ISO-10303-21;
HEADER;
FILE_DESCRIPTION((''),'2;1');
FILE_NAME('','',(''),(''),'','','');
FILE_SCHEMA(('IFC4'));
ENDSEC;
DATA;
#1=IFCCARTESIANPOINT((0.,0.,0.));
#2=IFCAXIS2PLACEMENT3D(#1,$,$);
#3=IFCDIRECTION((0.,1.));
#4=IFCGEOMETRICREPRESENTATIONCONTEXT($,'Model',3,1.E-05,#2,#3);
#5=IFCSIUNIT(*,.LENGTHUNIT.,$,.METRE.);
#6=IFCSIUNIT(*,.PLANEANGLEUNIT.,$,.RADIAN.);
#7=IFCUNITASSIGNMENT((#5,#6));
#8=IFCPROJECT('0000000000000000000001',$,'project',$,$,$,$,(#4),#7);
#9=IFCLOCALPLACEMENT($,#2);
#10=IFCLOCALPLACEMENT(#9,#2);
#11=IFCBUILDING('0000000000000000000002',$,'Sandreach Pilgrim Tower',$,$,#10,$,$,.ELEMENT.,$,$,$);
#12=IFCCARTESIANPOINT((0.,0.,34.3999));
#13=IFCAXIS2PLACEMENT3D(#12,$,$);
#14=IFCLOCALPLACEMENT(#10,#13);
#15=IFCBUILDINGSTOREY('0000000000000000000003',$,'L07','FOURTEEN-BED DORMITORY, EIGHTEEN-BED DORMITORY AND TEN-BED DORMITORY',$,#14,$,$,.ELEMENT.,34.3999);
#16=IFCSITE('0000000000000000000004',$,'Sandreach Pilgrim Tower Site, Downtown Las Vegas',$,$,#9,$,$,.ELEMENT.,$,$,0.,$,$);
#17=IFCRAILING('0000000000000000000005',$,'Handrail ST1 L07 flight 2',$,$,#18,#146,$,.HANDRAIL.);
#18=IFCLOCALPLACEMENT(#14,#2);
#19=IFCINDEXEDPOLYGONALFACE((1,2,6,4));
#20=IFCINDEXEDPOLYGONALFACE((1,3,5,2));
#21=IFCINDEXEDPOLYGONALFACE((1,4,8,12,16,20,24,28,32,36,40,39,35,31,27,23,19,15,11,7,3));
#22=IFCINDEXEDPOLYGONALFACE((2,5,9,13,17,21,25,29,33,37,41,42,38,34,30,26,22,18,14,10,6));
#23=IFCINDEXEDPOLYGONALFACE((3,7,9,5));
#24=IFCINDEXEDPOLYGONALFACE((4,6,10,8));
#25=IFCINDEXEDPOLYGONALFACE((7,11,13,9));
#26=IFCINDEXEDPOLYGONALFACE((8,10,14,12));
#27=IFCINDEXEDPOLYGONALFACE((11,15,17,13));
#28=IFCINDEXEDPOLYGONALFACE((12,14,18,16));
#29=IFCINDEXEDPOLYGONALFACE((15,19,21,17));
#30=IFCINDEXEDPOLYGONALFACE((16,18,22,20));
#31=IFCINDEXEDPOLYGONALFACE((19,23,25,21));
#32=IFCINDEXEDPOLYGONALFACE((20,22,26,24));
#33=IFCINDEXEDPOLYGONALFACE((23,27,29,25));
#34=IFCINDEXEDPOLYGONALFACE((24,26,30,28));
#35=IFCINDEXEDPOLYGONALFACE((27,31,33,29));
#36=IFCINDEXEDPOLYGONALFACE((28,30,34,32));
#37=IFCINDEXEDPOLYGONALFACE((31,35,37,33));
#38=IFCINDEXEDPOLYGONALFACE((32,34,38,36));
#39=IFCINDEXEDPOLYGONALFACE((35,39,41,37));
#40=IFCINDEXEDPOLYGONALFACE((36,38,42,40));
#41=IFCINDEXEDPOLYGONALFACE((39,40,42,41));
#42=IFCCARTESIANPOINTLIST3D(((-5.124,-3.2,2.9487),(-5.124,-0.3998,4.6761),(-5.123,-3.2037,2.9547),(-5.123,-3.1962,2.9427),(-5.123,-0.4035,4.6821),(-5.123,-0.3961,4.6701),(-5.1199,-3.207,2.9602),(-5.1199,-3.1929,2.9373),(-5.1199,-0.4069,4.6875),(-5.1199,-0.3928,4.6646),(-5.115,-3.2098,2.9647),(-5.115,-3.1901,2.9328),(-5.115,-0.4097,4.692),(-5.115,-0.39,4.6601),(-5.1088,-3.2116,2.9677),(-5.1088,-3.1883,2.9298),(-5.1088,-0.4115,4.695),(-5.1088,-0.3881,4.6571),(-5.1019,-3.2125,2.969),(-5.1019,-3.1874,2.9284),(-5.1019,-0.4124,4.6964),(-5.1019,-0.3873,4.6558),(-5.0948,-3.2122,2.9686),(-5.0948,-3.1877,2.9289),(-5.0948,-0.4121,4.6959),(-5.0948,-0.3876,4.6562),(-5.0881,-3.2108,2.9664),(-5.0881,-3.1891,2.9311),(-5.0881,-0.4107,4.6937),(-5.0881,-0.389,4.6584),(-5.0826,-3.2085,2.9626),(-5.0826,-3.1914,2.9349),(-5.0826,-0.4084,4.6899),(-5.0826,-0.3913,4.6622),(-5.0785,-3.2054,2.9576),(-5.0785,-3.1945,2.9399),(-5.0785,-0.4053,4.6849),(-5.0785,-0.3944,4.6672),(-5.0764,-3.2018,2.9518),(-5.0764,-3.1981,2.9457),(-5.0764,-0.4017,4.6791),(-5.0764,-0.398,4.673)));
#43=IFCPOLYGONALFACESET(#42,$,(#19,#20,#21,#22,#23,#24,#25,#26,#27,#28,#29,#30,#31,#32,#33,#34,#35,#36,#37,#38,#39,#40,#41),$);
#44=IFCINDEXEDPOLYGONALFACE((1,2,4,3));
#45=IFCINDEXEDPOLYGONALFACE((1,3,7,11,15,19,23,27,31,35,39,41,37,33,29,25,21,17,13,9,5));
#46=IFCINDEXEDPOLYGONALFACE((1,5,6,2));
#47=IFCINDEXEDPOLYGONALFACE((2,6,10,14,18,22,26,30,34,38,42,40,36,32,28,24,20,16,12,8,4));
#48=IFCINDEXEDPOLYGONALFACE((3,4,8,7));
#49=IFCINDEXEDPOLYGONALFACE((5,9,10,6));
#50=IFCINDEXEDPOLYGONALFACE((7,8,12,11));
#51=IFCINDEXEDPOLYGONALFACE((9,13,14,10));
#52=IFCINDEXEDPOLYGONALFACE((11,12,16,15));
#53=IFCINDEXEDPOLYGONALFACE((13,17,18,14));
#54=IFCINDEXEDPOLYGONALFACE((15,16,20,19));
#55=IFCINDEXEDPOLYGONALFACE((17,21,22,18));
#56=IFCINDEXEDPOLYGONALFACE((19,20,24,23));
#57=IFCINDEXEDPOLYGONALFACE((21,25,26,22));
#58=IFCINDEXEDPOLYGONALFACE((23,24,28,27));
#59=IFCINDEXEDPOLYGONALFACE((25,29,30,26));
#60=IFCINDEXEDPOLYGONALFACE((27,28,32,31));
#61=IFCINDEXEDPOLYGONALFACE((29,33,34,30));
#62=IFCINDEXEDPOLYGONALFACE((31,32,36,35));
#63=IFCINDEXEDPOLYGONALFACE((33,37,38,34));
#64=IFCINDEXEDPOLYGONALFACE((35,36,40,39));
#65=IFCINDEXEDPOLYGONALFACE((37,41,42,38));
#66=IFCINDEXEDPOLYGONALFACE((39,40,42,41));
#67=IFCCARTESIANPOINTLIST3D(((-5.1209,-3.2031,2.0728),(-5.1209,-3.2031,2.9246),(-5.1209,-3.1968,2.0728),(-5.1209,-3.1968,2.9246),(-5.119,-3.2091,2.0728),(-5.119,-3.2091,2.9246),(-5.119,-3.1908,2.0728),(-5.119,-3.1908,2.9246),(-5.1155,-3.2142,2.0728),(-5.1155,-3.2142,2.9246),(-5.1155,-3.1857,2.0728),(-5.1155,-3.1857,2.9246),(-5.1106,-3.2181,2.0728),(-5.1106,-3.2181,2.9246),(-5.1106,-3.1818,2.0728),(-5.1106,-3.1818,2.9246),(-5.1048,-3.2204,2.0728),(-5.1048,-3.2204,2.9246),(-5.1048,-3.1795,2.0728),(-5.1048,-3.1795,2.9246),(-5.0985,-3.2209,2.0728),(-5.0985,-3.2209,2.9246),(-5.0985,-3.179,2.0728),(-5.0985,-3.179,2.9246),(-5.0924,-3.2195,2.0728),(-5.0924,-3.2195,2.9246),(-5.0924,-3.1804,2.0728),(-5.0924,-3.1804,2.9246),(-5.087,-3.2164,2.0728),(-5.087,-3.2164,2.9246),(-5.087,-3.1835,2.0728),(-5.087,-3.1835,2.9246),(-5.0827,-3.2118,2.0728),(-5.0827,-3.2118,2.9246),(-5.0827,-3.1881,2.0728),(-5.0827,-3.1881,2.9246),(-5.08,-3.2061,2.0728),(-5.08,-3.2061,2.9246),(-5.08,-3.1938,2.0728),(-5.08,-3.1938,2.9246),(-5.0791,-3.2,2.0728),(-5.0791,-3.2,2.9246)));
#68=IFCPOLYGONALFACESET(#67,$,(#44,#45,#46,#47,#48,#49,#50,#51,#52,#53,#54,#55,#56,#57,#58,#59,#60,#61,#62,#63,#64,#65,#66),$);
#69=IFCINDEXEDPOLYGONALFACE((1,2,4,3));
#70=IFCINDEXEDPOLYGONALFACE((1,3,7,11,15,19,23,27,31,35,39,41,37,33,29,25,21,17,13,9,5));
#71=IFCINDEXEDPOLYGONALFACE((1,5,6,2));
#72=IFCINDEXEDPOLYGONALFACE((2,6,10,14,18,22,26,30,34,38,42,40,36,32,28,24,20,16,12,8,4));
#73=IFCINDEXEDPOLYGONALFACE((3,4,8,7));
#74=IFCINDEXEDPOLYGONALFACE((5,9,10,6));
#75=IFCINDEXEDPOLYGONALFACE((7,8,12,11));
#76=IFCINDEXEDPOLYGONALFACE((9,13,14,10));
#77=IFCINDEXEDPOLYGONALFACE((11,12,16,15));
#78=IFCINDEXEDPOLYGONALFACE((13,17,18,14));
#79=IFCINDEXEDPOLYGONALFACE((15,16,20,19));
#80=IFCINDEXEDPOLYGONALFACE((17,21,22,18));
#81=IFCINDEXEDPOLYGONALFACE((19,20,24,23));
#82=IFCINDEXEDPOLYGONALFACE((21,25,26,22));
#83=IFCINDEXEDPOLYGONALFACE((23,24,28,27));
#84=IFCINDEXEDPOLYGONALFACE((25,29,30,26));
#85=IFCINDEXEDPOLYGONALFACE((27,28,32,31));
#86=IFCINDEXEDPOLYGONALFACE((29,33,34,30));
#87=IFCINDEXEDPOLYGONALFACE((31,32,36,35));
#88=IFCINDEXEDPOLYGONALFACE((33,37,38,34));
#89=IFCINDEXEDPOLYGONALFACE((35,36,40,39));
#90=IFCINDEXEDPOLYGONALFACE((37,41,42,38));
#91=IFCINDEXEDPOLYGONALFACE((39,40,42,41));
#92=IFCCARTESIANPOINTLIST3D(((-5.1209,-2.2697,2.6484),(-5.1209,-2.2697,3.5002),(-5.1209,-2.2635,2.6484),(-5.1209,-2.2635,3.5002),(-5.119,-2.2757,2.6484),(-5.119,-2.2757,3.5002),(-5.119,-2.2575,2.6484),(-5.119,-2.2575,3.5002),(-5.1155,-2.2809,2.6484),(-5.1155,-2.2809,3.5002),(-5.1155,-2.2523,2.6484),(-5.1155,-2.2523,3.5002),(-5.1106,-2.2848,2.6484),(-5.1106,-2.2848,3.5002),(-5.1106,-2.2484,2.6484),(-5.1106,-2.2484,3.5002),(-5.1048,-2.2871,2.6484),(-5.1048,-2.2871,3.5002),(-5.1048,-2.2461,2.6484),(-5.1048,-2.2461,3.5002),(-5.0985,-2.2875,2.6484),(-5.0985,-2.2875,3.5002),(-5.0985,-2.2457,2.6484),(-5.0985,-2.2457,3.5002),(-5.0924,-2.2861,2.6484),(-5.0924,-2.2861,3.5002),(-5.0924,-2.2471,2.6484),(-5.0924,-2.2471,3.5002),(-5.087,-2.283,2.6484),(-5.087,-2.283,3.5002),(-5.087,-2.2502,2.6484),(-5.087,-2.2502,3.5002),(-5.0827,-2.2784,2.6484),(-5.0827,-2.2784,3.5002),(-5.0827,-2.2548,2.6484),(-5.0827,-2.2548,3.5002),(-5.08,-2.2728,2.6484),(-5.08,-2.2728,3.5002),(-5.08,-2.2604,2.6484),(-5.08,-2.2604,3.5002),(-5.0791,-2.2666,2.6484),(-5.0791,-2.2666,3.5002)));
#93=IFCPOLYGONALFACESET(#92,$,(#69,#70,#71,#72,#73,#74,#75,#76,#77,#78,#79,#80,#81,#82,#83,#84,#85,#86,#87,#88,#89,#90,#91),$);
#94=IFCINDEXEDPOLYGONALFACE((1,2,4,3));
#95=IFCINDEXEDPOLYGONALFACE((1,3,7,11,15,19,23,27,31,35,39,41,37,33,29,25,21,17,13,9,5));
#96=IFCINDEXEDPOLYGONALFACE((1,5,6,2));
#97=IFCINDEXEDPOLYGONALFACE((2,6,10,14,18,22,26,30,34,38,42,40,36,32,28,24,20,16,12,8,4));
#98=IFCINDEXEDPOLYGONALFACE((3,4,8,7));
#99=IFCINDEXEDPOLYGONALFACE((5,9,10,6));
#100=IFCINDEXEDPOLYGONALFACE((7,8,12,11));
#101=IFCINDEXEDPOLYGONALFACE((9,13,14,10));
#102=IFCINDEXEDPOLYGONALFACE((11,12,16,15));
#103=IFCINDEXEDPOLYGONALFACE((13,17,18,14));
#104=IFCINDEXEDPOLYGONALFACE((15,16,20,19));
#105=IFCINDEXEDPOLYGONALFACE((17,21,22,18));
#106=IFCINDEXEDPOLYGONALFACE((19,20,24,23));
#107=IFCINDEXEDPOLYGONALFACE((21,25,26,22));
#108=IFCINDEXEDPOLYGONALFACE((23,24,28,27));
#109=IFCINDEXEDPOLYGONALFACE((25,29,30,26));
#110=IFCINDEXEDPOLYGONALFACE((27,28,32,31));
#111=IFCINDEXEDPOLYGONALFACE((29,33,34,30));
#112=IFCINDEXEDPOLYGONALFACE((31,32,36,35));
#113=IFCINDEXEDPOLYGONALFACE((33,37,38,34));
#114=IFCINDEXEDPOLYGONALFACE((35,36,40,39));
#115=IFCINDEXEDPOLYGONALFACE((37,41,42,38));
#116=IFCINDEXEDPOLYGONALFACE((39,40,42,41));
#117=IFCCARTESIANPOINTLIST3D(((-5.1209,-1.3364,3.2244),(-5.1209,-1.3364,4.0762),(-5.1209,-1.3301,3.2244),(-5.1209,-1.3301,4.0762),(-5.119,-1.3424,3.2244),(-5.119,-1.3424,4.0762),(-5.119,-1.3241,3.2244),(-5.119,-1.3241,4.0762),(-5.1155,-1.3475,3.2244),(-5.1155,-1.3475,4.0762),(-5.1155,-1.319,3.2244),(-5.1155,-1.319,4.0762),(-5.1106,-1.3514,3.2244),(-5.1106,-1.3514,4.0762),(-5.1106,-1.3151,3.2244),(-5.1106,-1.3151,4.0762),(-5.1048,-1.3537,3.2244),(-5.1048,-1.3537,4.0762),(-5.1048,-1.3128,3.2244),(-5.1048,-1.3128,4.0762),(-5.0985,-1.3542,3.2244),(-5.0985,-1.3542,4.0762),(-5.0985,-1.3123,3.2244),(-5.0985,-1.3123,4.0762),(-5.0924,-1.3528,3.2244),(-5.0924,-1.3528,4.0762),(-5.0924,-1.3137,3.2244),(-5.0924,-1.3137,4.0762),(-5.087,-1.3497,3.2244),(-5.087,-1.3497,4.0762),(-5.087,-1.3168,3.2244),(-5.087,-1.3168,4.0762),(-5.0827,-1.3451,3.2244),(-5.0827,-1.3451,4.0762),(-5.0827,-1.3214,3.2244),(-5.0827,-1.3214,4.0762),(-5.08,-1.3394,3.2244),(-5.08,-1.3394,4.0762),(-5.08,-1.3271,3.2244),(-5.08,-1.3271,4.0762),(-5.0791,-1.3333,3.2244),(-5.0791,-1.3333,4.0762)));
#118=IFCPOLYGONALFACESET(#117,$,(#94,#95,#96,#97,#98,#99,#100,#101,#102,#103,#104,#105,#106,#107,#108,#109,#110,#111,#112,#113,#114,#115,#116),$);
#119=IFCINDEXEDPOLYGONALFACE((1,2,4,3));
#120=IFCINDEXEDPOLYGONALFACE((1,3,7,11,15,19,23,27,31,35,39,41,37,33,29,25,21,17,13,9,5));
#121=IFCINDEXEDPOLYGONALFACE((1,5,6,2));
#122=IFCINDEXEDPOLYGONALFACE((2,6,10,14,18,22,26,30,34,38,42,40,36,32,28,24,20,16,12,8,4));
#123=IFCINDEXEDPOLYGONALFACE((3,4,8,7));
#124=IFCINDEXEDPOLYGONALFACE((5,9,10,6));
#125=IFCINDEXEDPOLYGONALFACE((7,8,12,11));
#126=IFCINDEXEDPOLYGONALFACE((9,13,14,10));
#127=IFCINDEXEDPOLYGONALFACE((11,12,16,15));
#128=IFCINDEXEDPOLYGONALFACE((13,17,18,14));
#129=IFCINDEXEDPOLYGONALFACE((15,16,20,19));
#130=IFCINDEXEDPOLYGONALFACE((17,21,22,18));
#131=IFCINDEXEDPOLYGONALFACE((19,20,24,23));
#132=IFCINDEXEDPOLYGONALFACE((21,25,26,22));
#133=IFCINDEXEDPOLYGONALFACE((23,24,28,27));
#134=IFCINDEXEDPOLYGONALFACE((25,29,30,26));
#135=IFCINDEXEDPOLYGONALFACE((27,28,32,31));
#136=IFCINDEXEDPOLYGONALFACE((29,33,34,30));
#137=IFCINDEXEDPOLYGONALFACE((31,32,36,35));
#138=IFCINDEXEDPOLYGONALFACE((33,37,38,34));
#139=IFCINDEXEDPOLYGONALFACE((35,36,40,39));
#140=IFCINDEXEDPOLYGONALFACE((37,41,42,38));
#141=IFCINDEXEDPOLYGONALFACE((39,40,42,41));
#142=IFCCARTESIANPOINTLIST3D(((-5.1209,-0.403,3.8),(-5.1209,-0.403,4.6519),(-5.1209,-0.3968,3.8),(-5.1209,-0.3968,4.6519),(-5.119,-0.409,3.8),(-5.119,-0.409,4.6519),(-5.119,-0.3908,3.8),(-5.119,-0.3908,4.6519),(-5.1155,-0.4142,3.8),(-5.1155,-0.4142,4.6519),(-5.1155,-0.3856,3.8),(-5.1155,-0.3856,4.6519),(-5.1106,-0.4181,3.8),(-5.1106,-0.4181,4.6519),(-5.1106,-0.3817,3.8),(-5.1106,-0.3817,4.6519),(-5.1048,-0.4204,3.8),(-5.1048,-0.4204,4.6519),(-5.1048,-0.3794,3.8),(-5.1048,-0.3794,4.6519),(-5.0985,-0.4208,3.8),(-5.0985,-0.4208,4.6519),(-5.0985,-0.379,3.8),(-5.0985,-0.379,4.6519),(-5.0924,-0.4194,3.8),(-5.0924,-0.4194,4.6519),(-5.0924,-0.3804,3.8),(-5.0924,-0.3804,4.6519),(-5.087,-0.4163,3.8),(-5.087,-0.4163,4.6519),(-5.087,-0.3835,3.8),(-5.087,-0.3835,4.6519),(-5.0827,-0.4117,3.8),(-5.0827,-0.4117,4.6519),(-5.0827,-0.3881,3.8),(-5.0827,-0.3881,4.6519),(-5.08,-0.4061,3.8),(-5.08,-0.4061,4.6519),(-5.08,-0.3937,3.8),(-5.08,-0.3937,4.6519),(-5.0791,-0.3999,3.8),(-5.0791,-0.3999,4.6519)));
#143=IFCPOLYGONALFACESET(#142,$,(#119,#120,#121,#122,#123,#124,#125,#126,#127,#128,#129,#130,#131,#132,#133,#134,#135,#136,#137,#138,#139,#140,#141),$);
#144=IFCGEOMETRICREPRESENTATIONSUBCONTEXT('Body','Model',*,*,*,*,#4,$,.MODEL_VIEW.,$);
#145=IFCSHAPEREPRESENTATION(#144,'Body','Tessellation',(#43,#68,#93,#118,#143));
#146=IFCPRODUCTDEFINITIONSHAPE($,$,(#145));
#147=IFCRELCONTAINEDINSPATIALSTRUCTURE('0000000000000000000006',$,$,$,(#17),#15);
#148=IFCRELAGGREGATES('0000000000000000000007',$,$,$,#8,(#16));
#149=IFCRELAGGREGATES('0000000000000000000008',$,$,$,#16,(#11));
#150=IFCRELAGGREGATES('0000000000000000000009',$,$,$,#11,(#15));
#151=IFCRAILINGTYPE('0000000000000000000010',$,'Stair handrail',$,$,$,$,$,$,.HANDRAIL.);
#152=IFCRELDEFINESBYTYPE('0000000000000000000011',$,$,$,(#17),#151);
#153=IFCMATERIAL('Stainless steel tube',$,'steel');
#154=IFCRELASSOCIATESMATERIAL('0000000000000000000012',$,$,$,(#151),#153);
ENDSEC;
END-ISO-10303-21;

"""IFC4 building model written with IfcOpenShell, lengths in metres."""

from ifc_helpers import new_model, si_unit, direction, frame, origin, origin_2d, place, context, subcontext, project, spatial, circle, extrude, material, type_object, element, save


model = new_model("IFC4")

# Units and contexts
model_context = context("Model", 3, precision=1e-05, world=origin(), true_north=direction((0.0, 1.0)))
body_context = subcontext(model_context, "Body", "Model", "MODEL_VIEW")
ifc_project = project(units=[si_unit("LENGTHUNIT", "METRE"), si_unit("PLANEANGLEUNIT", "RADIAN")], contexts=[model_context])

# Site, building, storey
site_placement = place(None, origin())
site = spatial("IfcSite", under=ifc_project, at=site_placement, Name="Sandreach Pilgrim Tower Site, Downtown Las Vegas", CompositionType="ELEMENT", RefElevation=0.0)
building_placement = place(site_placement, origin())
building = spatial("IfcBuilding", under=site, at=building_placement, Name="Sandreach Pilgrim Tower", CompositionType="ELEMENT")
storey_placement = place(building_placement, frame((0.0, 0.0, 34.3999)))
storey = spatial("IfcBuildingStorey", under=building, at=storey_placement, Name="L07", Description="FOURTEEN-BED DORMITORY, EIGHTEEN-BED DORMITORY AND TEN-BED DORMITORY", CompositionType="ELEMENT", Elevation=34.3999)

# Railing
ifc_material_1 = material(Name="Stainless steel tube", Category="steel")
railing_type = type_object("IfcRailingType", Name="Stair handrail", PredefinedType="HANDRAIL", material=ifc_material_1)
for number, where, name in (
    (1, (-5.1001, -3.2, 2.0728), "Handrail ST1 L07 flight 2"),
):
    element("IfcRailing", number, at=place(storey_placement, frame(where)), inside=storey, type_object=railing_type, Name=name, PredefinedType="HANDRAIL", context=body_context, shape_type="SweptSolid", body=[
        extrude(circle(Radius=0.0239, at=origin_2d()), frame((0.0, 0.0, 0.876), z_axis=(0.0, 0.85109, 0.52502), x_axis=(-1.0, 0.0, 0.0)), (0.0, 0.0, 1.0), 3.29),
        extrude(circle(Radius=0.021, at=origin_2d()), origin(), (0.0, 0.0, 1.0), 0.8518),
        extrude(circle(Radius=0.021, at=origin_2d()), frame((0.0, 0.9333, 0.5757)), (0.0, 0.0, 1.0), 0.8518),
        extrude(circle(Radius=0.021, at=origin_2d()), frame((0.0, 1.8667, 1.1516)), (0.0, 0.0, 1.0), 0.8518),
        extrude(circle(Radius=0.021, at=origin_2d()), frame((0.0, 2.8, 1.7273)), (0.0, 0.0, 1.0), 0.8518),
    ])

save(model, "model.ifc")
